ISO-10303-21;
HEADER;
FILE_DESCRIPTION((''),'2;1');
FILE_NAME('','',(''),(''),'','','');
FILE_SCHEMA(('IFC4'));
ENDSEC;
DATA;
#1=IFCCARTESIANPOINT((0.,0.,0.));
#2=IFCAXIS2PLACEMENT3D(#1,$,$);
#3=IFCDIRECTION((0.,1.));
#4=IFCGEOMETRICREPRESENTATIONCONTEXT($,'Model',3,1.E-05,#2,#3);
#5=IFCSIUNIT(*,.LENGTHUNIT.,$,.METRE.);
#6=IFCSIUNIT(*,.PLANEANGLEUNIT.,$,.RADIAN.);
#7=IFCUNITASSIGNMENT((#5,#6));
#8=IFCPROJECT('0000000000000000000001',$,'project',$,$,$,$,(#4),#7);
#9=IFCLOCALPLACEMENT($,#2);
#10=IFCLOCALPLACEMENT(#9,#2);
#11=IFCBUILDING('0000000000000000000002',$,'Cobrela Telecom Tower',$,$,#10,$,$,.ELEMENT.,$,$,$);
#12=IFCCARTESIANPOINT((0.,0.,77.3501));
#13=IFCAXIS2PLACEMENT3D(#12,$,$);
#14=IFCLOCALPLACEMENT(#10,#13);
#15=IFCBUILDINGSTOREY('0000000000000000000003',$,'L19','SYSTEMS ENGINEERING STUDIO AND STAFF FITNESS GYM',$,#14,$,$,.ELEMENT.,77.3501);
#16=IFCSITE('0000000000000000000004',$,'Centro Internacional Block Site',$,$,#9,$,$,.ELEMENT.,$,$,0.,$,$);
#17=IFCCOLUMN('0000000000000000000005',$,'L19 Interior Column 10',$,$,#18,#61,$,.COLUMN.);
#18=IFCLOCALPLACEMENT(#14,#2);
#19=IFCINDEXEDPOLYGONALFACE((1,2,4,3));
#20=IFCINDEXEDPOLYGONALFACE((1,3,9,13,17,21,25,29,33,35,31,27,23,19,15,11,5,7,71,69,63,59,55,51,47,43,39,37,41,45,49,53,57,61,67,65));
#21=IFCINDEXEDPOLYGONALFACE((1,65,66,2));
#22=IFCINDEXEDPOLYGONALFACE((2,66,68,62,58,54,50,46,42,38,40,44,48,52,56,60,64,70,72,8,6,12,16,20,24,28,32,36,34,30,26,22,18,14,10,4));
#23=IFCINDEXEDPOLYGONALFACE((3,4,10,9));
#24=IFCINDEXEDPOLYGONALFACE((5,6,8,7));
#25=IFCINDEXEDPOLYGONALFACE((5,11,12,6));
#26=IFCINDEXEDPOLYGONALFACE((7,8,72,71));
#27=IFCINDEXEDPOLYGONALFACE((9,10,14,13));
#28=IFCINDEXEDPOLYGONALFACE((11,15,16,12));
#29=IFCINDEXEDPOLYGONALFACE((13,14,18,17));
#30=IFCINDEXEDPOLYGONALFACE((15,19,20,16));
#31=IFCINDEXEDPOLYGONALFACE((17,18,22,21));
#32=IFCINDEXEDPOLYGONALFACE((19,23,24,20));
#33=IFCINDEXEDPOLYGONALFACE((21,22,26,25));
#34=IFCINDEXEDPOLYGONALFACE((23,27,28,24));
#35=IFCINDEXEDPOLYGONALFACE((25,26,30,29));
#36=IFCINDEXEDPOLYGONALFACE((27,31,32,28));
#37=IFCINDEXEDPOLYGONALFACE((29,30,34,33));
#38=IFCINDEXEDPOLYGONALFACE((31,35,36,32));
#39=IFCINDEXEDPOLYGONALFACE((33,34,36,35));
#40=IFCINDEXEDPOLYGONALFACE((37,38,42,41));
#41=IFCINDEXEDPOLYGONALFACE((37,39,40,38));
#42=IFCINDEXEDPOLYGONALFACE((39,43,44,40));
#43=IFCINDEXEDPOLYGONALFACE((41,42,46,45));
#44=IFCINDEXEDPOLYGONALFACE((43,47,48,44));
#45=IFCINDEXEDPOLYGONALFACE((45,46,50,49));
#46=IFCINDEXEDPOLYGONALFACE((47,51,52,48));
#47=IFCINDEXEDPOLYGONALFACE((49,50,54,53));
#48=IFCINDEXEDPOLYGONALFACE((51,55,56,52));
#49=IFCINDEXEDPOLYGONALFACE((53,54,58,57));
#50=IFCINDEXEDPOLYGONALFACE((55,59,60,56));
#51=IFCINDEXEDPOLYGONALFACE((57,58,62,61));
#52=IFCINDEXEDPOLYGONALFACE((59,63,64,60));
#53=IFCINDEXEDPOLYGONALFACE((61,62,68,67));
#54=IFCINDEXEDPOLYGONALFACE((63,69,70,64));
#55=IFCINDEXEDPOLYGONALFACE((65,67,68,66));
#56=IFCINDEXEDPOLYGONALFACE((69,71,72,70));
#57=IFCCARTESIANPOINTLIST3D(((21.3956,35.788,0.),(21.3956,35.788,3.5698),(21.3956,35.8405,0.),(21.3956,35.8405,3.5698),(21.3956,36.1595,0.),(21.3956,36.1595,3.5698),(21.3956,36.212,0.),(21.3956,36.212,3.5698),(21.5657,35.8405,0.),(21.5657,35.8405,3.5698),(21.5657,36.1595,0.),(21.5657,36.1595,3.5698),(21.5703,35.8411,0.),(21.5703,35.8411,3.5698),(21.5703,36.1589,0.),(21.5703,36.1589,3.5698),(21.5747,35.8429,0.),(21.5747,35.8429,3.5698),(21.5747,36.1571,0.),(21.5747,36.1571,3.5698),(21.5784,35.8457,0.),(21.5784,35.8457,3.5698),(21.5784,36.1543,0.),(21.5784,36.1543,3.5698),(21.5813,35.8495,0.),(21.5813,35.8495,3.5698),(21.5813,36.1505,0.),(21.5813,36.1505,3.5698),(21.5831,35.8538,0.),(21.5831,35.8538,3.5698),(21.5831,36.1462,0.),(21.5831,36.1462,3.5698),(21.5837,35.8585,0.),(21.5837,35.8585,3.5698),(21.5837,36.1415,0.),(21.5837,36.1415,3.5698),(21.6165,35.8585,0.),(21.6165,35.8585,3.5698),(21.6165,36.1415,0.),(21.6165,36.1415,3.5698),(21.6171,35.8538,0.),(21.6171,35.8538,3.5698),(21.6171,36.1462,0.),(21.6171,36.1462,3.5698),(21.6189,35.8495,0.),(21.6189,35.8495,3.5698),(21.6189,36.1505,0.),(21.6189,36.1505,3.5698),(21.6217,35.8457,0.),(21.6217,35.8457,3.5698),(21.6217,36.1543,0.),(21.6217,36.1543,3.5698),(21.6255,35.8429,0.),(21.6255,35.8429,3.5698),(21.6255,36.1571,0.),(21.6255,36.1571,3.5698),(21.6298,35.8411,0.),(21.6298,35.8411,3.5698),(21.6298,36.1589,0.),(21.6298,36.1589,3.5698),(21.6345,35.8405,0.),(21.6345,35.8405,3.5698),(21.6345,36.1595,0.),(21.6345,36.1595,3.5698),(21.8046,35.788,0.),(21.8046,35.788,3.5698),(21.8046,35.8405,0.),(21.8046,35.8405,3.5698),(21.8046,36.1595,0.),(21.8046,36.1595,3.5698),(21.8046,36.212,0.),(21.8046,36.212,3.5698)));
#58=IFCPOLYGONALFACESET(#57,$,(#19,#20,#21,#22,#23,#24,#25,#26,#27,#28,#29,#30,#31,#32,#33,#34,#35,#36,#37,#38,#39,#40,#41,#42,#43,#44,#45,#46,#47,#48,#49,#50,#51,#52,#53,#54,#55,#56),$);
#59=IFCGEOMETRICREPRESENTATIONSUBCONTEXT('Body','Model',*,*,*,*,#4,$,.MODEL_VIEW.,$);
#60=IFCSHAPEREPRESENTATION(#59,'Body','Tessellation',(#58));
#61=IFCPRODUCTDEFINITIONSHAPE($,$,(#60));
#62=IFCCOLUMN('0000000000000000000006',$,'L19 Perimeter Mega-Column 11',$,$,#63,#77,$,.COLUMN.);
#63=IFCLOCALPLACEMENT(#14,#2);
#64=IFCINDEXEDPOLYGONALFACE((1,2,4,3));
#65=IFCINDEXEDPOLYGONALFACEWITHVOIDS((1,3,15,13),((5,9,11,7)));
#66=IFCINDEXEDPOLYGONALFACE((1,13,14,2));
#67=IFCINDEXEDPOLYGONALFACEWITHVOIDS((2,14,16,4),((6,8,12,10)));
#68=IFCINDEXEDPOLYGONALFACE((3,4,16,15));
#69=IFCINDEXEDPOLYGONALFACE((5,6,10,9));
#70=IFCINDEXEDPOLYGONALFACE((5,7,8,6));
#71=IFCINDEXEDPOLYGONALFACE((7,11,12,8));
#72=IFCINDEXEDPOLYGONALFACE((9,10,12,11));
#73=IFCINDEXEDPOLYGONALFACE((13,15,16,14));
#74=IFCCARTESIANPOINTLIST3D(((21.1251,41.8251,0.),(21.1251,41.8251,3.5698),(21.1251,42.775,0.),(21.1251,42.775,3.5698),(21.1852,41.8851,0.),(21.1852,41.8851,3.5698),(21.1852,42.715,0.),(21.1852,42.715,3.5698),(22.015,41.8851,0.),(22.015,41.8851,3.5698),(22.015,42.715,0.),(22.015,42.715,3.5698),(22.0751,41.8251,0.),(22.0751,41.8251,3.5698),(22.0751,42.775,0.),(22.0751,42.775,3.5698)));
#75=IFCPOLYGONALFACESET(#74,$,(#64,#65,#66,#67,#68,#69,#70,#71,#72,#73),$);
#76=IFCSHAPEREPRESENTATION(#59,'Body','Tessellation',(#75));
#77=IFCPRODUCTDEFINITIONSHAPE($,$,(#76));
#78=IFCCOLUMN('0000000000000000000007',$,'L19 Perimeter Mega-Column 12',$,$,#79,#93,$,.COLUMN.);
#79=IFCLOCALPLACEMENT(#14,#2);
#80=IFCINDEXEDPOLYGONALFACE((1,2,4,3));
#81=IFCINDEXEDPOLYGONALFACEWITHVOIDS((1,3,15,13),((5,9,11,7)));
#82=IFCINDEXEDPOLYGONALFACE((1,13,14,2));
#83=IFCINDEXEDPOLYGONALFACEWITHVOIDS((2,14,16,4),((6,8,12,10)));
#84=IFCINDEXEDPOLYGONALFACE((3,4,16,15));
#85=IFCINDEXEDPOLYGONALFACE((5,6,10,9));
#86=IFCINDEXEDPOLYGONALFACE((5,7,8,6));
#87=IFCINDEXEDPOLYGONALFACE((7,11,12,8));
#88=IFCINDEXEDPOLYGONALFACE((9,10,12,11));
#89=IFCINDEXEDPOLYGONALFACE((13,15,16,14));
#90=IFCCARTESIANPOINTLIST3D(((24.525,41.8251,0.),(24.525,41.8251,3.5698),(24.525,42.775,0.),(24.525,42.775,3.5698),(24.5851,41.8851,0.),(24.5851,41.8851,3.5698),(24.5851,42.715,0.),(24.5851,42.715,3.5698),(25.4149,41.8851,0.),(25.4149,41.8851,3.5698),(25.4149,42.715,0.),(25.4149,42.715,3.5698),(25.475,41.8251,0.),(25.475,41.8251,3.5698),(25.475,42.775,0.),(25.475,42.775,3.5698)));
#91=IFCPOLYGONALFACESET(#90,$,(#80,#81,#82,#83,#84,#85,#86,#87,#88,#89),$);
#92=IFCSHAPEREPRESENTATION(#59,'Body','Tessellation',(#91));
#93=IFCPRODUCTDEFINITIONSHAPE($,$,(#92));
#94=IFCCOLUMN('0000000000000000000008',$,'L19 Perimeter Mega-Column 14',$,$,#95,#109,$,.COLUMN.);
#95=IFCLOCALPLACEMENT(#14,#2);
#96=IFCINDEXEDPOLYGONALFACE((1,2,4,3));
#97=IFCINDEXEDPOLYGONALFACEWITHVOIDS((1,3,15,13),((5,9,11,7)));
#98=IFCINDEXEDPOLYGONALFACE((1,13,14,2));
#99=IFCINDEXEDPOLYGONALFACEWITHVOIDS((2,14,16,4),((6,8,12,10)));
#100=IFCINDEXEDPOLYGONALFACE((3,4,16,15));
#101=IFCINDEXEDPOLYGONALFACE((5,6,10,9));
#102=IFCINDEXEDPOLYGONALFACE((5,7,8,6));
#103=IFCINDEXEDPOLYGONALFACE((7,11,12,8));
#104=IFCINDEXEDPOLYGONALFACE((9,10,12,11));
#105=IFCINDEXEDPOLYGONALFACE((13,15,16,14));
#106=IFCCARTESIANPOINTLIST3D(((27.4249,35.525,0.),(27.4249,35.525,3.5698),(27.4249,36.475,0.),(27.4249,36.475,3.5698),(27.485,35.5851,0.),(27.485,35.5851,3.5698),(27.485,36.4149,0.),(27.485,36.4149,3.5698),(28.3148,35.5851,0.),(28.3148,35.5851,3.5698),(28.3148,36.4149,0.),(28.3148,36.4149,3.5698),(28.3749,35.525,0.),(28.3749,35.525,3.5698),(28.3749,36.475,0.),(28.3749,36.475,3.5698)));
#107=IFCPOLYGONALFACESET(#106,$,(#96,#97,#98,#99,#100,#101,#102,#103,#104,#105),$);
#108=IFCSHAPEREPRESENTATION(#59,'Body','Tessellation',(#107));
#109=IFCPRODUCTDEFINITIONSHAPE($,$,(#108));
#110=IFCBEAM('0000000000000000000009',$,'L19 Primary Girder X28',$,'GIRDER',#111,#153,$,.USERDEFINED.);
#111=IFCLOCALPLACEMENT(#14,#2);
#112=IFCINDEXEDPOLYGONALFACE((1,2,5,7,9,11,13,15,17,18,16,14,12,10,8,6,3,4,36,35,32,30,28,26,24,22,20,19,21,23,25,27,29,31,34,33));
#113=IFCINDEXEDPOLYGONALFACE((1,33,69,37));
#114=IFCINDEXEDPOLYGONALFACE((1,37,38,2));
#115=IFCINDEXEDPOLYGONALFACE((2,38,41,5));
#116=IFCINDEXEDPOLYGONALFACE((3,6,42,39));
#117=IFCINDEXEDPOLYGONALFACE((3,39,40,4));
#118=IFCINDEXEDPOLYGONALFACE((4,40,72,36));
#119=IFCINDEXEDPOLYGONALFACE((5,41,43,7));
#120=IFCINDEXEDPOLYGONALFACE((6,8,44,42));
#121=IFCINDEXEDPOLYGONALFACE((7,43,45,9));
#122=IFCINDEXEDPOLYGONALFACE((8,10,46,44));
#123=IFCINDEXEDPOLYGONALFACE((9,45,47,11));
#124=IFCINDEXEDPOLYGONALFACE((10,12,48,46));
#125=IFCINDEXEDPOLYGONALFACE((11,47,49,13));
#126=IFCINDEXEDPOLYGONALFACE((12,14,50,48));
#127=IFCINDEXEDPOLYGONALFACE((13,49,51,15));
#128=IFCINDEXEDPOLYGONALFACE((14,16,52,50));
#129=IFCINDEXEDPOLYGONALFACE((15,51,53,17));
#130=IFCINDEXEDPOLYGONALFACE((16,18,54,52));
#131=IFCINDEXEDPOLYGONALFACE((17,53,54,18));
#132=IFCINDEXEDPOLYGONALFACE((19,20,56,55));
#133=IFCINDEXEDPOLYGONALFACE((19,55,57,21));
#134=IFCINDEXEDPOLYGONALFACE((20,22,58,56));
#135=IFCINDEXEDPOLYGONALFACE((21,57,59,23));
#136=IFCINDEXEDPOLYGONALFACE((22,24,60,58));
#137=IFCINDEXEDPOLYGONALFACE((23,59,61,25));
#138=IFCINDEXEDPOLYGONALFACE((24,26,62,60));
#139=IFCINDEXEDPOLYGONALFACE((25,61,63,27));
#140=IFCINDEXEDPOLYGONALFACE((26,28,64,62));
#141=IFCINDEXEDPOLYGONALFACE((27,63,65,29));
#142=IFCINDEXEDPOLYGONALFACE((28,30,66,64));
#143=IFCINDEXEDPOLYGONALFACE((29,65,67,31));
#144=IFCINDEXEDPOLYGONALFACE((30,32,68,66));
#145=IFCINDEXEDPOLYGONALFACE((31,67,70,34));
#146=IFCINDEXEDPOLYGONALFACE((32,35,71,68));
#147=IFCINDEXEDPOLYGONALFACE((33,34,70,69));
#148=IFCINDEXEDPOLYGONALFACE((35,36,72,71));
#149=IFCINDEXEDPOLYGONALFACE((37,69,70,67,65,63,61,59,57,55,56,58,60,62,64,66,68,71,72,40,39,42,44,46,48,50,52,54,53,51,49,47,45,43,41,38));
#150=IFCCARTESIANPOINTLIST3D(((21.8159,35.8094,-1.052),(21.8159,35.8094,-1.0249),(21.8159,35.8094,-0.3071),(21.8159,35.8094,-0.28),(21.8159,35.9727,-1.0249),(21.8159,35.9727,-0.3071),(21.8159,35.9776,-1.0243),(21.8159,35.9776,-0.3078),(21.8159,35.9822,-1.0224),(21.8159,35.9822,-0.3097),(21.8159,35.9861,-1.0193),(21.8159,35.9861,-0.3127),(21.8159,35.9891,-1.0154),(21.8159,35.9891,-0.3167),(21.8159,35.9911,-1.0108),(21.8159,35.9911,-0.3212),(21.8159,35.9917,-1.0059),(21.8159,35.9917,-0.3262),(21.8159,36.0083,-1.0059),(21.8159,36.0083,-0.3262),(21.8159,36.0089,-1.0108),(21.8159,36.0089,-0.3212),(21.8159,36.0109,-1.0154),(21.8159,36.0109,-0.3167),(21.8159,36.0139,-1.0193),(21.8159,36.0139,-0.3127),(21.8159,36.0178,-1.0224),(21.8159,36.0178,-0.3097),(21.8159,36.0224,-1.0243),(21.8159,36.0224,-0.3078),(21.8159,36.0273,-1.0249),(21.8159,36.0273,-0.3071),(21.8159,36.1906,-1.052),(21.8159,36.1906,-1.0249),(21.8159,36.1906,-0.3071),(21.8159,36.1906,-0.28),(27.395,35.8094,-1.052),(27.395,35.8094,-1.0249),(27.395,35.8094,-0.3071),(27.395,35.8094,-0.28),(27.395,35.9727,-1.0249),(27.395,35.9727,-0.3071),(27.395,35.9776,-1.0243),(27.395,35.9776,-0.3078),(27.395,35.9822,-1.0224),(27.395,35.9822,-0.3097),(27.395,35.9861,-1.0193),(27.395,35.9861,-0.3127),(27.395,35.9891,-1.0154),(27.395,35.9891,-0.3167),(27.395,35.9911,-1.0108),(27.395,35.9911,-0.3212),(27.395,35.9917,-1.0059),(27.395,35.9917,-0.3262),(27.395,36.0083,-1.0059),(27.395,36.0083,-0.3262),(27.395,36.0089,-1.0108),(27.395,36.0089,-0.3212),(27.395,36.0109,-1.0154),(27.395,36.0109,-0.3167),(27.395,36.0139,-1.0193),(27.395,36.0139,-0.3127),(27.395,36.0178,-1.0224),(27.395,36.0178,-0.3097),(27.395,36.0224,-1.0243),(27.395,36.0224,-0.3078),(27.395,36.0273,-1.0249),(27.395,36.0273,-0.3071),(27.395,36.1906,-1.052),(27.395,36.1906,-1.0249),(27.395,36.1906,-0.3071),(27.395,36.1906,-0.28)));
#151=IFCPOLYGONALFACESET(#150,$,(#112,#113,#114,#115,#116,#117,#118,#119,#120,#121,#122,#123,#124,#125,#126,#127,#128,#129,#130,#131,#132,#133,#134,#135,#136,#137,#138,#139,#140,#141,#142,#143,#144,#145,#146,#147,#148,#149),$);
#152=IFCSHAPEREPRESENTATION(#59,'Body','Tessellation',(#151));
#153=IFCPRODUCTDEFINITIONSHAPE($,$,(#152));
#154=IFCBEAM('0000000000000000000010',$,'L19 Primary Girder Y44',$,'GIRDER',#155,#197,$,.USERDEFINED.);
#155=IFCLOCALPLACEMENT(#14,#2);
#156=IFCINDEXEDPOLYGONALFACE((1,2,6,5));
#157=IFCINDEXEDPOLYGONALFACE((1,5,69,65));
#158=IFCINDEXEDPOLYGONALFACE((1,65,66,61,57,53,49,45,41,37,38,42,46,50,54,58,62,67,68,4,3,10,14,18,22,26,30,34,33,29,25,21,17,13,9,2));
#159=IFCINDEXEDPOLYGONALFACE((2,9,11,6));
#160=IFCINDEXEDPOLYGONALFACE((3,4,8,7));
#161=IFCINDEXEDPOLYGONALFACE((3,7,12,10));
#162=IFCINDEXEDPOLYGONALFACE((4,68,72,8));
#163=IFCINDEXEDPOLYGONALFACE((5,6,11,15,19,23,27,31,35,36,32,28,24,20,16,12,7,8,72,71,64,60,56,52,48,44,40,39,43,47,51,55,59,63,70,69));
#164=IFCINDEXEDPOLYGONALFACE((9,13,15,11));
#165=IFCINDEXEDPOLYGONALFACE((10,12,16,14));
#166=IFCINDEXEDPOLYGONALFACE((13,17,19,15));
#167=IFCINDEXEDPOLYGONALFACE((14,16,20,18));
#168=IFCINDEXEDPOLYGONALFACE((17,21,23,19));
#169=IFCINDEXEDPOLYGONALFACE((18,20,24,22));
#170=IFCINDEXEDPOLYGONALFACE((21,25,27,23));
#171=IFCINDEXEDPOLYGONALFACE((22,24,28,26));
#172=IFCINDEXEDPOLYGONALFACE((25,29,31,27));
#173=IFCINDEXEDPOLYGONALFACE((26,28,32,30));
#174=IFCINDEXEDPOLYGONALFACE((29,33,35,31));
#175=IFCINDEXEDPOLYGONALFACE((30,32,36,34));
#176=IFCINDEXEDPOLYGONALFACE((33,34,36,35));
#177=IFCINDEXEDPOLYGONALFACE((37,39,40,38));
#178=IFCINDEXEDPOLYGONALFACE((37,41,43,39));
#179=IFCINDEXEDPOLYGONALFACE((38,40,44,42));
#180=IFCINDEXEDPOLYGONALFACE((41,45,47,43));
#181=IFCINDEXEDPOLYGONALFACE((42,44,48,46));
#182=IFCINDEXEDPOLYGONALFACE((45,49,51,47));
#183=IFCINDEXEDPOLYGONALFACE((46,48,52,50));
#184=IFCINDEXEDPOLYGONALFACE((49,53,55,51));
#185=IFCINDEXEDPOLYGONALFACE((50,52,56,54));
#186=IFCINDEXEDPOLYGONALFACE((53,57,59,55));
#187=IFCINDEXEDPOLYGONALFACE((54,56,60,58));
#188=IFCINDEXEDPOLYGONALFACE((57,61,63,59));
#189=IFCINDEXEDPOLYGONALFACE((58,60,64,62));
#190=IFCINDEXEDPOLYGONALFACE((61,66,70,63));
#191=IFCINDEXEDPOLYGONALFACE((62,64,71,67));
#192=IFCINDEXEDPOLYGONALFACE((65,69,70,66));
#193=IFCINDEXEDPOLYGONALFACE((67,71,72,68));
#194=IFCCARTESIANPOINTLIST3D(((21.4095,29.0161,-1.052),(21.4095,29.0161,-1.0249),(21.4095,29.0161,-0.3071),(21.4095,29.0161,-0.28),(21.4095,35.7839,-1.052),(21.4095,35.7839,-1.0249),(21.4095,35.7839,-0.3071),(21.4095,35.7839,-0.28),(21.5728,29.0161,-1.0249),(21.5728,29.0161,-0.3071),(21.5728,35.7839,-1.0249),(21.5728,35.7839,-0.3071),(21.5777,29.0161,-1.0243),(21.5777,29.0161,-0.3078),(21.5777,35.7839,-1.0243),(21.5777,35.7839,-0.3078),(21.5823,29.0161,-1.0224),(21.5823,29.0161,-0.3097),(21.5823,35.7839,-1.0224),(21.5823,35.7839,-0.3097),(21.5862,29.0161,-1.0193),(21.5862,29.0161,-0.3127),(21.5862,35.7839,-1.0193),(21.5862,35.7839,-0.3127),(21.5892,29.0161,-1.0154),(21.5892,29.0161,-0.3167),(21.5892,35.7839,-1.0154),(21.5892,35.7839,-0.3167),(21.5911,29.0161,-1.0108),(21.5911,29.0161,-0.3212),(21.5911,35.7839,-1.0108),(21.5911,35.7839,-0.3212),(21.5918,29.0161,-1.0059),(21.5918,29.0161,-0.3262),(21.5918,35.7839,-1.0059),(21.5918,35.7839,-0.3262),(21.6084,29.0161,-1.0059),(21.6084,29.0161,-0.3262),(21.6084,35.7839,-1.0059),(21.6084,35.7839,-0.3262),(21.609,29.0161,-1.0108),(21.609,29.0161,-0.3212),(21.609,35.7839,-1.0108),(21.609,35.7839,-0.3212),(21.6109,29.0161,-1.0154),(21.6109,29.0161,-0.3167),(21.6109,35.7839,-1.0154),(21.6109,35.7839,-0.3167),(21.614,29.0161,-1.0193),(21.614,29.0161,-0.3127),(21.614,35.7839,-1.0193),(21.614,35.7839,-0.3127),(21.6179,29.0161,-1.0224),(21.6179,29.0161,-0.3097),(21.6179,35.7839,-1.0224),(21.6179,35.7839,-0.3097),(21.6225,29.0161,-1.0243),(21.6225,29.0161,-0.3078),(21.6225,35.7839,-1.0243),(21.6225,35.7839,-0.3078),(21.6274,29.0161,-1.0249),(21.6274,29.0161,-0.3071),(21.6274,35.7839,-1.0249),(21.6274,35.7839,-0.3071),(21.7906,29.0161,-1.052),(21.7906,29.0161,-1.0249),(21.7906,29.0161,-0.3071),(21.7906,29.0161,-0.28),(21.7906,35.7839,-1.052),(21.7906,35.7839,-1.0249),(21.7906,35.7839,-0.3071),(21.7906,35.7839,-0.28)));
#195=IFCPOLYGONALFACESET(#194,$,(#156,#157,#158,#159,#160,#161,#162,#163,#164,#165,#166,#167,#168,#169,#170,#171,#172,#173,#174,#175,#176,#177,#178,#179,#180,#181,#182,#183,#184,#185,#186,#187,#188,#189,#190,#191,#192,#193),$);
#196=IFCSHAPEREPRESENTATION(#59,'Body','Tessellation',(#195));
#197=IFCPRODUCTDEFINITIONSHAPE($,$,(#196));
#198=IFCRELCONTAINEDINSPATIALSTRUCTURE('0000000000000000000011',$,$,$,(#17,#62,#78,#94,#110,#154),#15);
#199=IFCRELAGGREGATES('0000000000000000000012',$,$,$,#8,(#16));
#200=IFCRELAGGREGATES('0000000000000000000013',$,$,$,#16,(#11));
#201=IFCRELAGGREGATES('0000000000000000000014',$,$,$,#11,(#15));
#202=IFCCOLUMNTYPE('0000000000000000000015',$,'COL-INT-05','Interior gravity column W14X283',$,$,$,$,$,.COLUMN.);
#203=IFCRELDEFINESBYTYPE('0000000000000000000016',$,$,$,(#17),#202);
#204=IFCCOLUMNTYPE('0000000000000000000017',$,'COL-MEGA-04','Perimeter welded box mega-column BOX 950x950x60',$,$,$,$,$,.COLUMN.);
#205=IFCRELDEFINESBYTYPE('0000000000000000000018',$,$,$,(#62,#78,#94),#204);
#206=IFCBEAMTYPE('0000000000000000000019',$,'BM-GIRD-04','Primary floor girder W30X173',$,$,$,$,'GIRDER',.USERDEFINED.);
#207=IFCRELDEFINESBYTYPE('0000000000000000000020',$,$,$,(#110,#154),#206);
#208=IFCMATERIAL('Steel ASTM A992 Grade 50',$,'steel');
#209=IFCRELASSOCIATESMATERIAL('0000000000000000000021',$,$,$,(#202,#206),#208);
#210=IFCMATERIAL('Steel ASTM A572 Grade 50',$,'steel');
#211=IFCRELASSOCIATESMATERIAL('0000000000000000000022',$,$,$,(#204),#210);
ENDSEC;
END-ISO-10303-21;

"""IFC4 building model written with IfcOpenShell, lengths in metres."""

from ifc_helpers import new_model, si_unit, direction, frame, origin, origin_2d, place, context, subcontext, project, spatial, hollow_rectangle, i_section, extrude, material, material_profile, profile_set, type_object, element, save


model = new_model("IFC4")

# Units and contexts
model_context = context("Model", 3, precision=1e-05, world=origin(), true_north=direction((0.0, 1.0)))
body_context = subcontext(model_context, "Body", "Model", "MODEL_VIEW")
ifc_project = project(units=[si_unit("LENGTHUNIT", "METRE"), si_unit("PLANEANGLEUNIT", "RADIAN")], contexts=[model_context])

# Site, building, storey
site_placement = place(None, origin())
site = spatial("IfcSite", under=ifc_project, at=site_placement, Name="Centro Internacional Block Site", CompositionType="ELEMENT", RefElevation=0.0)
building_placement = place(site_placement, origin())
building = spatial("IfcBuilding", under=site, at=building_placement, Name="Cobrela Telecom Tower", CompositionType="ELEMENT")
storey_placement = place(building_placement, frame((0.0, 0.0, 77.3501)))
storey = spatial("IfcBuildingStorey", under=building, at=storey_placement, Name="L19", Description="SYSTEMS ENGINEERING STUDIO AND STAFF FITNESS GYM", CompositionType="ELEMENT", Elevation=77.3501)

# Columns
ifc_material_1 = material(Name="Steel ASTM A992 Grade 50", Category="steel")
ifc_material_profile_1 = material_profile(ifc_material_1, i_section(OverallWidth=0.4089, OverallDepth=0.4241, WebThickness=0.0327, FlangeThickness=0.0525, FilletRadius=0.0181, at=origin_2d()), Name="W14X283")
ifc_profile_set_1 = profile_set([ifc_material_profile_1], Name="Steel ASTM A992 Grade 50")
column_type_1 = type_object("IfcColumnType", Name="COL-INT-05", Description="Interior gravity column W14X283", PredefinedType="COLUMN", material=ifc_profile_set_1)
column_placement = place(storey_placement, frame((21.6001, 36.0, 0.0), z_axis=(0.0, 0.0, 1.0), x_axis=(1.0, 0.0, 0.0)))
element("IfcColumn", 1, at=column_placement, inside=storey, type_object=column_type_1, Name="L19 Interior Column 10", PredefinedType="COLUMN", context=body_context, shape_type="SweptSolid", body=[
    extrude(i_section(OverallWidth=0.4089, OverallDepth=0.4241, WebThickness=0.0327, FlangeThickness=0.0525, FilletRadius=0.0181, at=origin_2d()), origin(), (0.0, 0.0, 1.0), 3.5698),
])
ifc_material_2 = material(Name="Steel ASTM A572 Grade 50", Category="steel")
ifc_material_profile_2 = material_profile(ifc_material_2, hollow_rectangle(XDim=0.95, YDim=0.95, WallThickness=0.0601, at=origin_2d()), Name="BOX 950x950x60")
ifc_profile_set_2 = profile_set([ifc_material_profile_2], Name="Steel ASTM A572 Grade 50")
column_type_2 = type_object("IfcColumnType", Name="COL-MEGA-04", Description="Perimeter welded box mega-column BOX 950x950x60", PredefinedType="COLUMN", material=ifc_profile_set_2)
for number, where, z_axis, x_axis, name in (
    (2, (21.6001, 42.3, 0.0), (0.0, 0.0, 1.0), (1.0, 0.0, 0.0), "L19 Perimeter Mega-Column 11"),
    (3, (25.0, 42.3, 0.0), (0.0, 0.0, 1.0), (1.0, 0.0, 0.0), "L19 Perimeter Mega-Column 12"),
    (4, (27.8999, 36.0, 0.0), (0.0, 0.0, 1.0), (1.0, 0.0, 0.0), "L19 Perimeter Mega-Column 14"),
):
    element("IfcColumn", number, at=place(storey_placement, frame(where, z_axis=z_axis, x_axis=x_axis)), inside=storey, type_object=column_type_2, Name=name, PredefinedType="COLUMN", context=body_context, shape_type="SweptSolid", body=[
        extrude(hollow_rectangle(XDim=0.95, YDim=0.95, WallThickness=0.0601, at=origin_2d()), origin(), (0.0, 0.0, 1.0), 3.5698),
    ])

# Beams
ifc_material_profile_3 = material_profile(ifc_material_1, i_section(OverallWidth=0.3811, OverallDepth=0.772, WebThickness=0.0166, FlangeThickness=0.0271, FilletRadius=0.019, at=origin_2d()), Name="W30X173")
ifc_profile_set_3 = profile_set([ifc_material_profile_3], Name="Steel ASTM A992 Grade 50")
beam_type_1 = type_object("IfcBeamType", Name="BM-GIRD-04", Description="Primary floor girder W30X173", ElementType="GIRDER", PredefinedType="USERDEFINED", material=ifc_profile_set_3)
beam_1_placement = place(storey_placement, frame((21.8159, 36.0, -0.666), z_axis=(1.0, 0.0, 0.0), x_axis=(0.0, 1.0, 0.0)))
element("IfcBeam", 5, at=beam_1_placement, inside=storey, type_object=beam_type_1, Name="L19 Primary Girder X28", ObjectType="GIRDER", PredefinedType="USERDEFINED", context=body_context, shape_type="SweptSolid", body=[
    extrude(i_section(OverallWidth=0.3811, OverallDepth=0.772, WebThickness=0.0166, FlangeThickness=0.0271, FilletRadius=0.019, at=origin_2d()), origin(), (0.0, 0.0, 1.0), 5.5791),
])
beam_2_placement = place(storey_placement, frame((21.6001, 29.0161, -0.666), z_axis=(0.0, 1.0, 0.0), x_axis=(-1.0, 0.0, 0.0)))
element("IfcBeam", 6, at=beam_2_placement, inside=storey, type_object=beam_type_1, Name="L19 Primary Girder Y44", ObjectType="GIRDER", PredefinedType="USERDEFINED", context=body_context, shape_type="SweptSolid", body=[
    extrude(i_section(OverallWidth=0.3811, OverallDepth=0.772, WebThickness=0.0166, FlangeThickness=0.0271, FilletRadius=0.019, at=origin_2d()), origin(), (0.0, 0.0, 1.0), 6.7678),
])

save(model, "model.ifc")
